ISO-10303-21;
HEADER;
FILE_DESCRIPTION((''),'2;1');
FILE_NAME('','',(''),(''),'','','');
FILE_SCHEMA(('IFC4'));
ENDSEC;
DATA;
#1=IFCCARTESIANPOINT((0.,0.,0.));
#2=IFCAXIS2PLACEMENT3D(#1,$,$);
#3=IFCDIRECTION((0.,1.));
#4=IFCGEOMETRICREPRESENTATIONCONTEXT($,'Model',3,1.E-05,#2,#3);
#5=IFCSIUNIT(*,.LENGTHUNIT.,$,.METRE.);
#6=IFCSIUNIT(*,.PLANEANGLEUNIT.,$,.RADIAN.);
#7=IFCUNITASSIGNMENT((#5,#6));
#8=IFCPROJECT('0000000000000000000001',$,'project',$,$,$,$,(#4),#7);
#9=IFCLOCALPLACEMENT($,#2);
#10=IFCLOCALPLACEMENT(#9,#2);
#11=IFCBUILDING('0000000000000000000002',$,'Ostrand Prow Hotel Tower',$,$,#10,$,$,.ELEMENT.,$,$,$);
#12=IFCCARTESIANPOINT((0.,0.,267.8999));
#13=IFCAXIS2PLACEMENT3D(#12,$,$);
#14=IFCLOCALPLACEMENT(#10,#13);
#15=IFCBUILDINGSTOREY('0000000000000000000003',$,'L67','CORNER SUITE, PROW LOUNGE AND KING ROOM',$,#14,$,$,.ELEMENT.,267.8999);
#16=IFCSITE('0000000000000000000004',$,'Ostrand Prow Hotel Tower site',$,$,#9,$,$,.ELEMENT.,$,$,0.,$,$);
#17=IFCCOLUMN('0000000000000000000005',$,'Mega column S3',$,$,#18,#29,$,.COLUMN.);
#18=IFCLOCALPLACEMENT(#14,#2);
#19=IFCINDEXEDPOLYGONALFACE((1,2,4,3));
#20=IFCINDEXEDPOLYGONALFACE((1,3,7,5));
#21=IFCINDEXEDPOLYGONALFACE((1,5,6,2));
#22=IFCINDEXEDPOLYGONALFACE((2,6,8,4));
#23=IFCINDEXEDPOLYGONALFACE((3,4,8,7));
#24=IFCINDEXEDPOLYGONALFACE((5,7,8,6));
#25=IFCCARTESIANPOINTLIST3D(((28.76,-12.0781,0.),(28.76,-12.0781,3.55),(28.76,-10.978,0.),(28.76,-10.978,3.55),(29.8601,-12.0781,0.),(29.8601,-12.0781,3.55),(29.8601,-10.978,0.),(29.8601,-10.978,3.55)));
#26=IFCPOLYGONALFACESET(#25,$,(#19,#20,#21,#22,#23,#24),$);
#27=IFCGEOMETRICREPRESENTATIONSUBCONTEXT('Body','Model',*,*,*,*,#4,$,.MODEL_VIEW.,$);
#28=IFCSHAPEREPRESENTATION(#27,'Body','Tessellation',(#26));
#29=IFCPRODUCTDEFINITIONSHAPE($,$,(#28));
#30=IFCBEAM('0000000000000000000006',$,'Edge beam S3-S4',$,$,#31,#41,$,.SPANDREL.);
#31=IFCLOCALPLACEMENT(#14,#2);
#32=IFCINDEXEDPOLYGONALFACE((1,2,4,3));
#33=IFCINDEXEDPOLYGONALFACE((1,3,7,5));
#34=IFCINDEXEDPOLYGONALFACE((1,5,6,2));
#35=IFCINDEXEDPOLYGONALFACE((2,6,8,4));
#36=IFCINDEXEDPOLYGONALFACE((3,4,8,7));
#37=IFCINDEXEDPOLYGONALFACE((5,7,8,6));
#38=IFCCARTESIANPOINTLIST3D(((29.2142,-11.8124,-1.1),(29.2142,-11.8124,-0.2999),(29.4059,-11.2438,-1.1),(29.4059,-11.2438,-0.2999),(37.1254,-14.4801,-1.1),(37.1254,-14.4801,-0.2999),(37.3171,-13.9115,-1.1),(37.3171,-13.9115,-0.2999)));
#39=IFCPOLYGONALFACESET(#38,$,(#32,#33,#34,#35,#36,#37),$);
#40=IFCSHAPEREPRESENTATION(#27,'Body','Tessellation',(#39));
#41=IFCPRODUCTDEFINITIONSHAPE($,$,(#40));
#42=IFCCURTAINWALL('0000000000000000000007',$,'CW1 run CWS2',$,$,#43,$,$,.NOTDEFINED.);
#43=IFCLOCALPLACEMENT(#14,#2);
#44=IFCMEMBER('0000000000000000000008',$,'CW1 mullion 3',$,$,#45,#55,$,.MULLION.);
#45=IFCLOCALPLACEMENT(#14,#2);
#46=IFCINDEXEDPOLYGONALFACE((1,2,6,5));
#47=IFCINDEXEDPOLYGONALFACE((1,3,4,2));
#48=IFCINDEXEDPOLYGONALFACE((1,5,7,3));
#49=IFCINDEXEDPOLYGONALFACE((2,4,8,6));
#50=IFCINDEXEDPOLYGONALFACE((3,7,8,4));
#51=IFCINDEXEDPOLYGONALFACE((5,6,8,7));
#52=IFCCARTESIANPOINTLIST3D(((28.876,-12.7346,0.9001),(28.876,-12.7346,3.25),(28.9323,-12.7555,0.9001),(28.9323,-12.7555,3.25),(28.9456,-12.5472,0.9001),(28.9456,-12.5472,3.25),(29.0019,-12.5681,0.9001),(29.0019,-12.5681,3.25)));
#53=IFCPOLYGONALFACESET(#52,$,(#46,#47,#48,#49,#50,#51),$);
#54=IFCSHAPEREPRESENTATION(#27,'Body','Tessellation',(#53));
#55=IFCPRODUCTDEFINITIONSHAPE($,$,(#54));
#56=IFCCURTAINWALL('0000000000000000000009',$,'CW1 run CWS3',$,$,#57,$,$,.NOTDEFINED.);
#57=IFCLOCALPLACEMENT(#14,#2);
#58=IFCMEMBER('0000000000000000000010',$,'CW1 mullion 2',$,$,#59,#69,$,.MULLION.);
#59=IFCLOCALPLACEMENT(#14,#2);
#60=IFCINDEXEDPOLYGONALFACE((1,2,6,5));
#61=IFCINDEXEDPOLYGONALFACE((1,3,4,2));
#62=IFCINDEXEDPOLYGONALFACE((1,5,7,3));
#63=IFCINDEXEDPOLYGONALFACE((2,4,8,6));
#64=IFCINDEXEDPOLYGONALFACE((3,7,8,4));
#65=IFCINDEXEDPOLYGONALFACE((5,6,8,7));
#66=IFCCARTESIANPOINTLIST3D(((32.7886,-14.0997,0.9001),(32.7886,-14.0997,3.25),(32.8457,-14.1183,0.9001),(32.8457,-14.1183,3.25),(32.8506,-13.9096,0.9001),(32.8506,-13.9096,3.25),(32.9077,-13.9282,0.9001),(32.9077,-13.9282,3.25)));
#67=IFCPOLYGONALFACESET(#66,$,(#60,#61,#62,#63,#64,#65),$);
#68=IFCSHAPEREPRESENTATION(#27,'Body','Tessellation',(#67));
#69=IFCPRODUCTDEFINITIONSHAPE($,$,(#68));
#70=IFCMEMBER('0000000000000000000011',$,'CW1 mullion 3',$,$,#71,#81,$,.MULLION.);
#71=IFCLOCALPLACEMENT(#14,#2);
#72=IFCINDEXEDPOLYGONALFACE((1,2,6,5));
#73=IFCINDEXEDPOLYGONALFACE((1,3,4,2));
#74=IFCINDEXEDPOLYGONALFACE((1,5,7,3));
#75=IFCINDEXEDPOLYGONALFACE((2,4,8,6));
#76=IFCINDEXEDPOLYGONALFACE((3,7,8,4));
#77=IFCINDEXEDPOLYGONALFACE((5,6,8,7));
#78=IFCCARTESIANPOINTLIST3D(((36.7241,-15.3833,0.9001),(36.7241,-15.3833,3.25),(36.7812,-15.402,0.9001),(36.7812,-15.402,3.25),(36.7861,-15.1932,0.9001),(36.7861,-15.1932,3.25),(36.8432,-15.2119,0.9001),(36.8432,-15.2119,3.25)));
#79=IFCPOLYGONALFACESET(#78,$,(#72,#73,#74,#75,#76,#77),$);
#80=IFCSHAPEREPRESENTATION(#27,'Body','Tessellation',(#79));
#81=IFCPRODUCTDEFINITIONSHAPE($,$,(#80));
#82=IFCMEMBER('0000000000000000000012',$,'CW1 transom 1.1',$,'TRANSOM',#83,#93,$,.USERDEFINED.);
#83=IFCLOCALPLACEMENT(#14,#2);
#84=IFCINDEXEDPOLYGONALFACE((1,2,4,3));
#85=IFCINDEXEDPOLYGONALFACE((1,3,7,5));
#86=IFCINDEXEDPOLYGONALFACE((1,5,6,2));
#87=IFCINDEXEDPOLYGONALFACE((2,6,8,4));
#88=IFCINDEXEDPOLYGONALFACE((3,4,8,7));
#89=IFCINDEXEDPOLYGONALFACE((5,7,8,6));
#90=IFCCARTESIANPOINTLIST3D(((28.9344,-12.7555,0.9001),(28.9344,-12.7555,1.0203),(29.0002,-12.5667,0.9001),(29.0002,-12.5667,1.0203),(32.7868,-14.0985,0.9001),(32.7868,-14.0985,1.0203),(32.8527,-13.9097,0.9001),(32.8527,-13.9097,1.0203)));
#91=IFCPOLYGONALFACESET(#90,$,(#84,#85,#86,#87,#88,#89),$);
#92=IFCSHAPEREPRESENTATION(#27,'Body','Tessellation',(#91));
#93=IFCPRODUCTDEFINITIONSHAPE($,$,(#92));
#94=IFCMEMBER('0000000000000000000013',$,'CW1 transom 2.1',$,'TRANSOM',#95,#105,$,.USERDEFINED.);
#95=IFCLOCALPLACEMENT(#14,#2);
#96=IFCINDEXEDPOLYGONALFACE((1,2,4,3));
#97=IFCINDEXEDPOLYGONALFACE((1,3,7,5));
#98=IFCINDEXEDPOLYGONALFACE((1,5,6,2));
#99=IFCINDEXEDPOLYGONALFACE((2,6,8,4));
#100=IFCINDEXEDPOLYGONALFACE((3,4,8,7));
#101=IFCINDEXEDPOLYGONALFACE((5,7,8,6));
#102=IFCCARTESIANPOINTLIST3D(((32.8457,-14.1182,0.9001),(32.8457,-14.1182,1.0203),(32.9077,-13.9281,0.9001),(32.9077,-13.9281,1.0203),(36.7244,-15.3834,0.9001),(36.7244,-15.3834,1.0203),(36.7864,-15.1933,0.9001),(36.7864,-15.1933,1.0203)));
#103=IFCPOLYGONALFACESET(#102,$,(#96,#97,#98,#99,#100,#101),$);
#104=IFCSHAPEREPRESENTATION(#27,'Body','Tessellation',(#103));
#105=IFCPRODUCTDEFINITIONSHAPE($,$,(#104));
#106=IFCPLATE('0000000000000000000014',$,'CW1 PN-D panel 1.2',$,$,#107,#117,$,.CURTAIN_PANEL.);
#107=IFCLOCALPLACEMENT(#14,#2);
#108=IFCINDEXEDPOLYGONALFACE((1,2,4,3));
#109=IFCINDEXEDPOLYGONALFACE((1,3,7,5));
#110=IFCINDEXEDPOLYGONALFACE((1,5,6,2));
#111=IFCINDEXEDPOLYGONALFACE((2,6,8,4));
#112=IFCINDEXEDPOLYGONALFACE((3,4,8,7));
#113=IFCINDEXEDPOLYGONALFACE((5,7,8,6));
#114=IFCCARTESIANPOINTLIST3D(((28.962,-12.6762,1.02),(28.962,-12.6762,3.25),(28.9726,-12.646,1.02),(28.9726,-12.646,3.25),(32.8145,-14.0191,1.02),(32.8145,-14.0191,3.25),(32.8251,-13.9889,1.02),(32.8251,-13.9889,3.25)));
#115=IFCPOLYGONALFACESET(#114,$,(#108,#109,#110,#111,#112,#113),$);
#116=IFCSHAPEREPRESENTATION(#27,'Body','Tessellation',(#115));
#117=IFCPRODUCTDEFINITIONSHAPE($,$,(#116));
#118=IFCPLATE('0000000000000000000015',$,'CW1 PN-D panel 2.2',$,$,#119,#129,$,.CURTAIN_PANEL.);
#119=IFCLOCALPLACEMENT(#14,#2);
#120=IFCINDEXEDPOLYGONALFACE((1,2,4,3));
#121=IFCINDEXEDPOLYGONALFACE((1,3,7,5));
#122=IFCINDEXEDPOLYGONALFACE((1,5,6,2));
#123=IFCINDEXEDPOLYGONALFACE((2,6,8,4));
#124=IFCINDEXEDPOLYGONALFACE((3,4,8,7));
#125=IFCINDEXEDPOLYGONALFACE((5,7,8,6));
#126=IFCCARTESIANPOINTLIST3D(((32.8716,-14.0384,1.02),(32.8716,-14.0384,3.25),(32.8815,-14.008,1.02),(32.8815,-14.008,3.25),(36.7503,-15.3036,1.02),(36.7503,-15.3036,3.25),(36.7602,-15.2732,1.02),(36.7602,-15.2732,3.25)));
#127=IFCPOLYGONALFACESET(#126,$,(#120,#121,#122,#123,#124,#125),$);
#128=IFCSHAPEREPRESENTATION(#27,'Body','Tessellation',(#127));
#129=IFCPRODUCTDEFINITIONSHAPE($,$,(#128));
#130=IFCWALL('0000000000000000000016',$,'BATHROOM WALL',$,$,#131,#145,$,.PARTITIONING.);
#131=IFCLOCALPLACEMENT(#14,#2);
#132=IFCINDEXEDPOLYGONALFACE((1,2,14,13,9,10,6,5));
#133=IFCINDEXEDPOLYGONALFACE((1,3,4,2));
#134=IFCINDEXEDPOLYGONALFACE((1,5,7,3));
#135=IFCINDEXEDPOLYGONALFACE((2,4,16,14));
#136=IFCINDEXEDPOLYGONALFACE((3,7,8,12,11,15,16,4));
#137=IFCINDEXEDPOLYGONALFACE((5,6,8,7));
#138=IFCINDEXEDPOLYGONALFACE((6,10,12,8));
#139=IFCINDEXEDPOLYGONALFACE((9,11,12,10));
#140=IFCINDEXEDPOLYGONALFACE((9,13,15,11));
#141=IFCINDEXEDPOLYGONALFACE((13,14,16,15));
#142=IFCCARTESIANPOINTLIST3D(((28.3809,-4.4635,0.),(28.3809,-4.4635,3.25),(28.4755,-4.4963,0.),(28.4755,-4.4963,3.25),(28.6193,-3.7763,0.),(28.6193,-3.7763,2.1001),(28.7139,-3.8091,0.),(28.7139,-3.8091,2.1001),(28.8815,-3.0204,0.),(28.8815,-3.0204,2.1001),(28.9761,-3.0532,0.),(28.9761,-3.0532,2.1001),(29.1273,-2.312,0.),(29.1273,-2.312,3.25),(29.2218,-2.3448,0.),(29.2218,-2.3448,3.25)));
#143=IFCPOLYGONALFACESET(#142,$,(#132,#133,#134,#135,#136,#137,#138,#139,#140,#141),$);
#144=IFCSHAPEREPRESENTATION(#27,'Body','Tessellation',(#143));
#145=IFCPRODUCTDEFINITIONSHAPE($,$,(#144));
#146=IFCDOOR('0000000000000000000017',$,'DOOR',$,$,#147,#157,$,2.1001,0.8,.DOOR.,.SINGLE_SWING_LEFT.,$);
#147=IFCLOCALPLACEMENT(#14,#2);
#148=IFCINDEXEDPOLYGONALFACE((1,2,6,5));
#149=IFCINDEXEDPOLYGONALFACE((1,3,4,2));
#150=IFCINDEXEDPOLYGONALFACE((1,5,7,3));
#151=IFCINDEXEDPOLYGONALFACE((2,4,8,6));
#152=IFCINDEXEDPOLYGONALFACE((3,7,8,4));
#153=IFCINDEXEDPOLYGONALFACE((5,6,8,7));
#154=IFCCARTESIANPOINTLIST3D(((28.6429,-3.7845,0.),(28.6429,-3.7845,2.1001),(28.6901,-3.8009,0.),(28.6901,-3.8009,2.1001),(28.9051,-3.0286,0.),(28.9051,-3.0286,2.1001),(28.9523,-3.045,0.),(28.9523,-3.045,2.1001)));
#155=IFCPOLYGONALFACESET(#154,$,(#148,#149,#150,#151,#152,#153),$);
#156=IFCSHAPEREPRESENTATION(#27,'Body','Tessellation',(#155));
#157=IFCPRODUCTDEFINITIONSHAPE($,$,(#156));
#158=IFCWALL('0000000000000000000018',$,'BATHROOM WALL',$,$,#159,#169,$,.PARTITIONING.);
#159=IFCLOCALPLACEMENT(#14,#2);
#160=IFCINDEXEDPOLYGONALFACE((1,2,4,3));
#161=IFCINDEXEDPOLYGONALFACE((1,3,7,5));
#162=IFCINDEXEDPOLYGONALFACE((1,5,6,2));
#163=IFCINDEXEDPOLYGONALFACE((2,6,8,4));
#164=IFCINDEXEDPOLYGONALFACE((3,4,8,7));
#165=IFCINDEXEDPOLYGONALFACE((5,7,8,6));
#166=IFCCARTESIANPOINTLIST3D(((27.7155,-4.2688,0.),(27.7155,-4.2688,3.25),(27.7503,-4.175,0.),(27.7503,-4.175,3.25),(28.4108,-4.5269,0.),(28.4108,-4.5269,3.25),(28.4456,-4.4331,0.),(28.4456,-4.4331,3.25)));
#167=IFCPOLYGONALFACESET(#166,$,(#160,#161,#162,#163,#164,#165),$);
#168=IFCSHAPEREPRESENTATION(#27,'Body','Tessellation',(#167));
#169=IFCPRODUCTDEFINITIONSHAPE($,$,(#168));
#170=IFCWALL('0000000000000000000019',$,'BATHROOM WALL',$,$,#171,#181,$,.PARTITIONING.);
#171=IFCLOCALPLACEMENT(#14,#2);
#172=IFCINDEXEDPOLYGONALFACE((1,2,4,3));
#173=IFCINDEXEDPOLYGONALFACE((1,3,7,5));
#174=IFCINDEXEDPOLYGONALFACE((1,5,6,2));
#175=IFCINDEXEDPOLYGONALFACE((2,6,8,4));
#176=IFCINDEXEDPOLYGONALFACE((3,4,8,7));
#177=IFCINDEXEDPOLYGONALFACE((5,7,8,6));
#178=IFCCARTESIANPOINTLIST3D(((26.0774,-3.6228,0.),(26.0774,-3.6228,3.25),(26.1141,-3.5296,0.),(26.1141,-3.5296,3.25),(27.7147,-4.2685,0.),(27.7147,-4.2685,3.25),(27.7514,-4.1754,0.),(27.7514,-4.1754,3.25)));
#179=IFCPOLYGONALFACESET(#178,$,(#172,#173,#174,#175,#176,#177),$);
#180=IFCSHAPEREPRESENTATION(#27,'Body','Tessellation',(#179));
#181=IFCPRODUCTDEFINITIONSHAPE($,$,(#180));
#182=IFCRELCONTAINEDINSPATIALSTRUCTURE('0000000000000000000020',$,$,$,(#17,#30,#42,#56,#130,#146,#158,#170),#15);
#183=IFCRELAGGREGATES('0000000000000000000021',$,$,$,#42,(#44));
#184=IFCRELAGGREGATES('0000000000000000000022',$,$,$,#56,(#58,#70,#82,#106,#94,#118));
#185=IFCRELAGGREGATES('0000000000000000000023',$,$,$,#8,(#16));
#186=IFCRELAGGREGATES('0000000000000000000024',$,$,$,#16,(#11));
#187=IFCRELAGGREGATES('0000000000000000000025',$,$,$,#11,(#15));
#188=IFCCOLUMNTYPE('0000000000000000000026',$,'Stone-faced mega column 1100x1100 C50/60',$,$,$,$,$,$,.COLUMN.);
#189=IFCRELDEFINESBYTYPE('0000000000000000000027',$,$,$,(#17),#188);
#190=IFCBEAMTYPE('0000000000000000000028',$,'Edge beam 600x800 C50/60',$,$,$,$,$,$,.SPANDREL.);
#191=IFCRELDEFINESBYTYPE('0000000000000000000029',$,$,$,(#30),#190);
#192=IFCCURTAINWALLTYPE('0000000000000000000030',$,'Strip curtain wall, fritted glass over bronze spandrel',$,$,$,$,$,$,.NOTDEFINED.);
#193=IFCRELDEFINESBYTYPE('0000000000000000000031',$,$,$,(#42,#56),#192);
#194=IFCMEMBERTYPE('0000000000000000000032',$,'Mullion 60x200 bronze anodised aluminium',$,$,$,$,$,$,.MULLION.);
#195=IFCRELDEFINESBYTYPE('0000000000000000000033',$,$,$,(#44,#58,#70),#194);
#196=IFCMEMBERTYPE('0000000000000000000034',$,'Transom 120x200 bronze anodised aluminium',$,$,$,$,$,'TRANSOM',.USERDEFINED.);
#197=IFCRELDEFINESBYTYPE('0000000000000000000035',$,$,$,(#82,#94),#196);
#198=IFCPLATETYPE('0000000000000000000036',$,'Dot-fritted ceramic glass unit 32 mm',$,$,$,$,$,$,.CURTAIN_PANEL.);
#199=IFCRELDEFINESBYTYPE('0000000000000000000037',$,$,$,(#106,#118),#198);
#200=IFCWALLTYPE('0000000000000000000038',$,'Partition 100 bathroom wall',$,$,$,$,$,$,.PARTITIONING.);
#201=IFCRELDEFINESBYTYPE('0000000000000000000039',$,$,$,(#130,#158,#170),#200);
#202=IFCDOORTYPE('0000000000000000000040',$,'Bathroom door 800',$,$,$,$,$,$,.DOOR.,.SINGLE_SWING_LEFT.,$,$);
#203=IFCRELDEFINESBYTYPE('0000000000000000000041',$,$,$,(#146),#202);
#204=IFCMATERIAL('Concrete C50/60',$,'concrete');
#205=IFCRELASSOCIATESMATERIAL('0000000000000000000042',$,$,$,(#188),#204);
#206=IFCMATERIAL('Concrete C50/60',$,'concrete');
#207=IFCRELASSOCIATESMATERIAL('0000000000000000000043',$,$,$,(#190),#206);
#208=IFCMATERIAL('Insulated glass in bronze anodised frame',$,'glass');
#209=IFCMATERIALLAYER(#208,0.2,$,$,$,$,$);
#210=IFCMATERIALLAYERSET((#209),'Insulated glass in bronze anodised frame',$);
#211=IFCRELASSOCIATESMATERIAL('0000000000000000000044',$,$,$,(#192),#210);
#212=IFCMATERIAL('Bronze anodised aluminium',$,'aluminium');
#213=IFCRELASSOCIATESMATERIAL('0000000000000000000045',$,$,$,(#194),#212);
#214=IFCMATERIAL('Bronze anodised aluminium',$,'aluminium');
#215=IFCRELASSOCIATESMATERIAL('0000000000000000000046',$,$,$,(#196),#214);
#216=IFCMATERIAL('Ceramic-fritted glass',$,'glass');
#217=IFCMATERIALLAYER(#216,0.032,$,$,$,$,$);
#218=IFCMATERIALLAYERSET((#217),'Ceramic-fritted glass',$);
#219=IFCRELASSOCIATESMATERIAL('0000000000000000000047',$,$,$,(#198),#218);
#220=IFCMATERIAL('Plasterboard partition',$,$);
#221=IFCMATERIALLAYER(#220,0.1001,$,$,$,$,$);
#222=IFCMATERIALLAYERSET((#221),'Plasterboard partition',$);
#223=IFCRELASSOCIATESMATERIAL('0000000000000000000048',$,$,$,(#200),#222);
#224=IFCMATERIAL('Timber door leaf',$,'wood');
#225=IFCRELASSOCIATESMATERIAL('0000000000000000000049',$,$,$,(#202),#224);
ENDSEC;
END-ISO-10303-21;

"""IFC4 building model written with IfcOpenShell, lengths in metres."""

from ifc_helpers import new_model, si_unit, direction, frame, frame_2d, origin, origin_2d, place, context, subcontext, project, spatial, rectangle, extrude, material, layer, layer_set, material_profile, profile_set, type_object, element, fill, aggregate, save


model = new_model("IFC4")

# Units and contexts
model_context = context("Model", 3, precision=1e-05, world=origin(), true_north=direction((0.0, 1.0)))
body_context = subcontext(model_context, "Body", "Model", "MODEL_VIEW")
ifc_project = project(units=[si_unit("LENGTHUNIT", "METRE"), si_unit("PLANEANGLEUNIT", "RADIAN")], contexts=[model_context])

# Site, building, storey
site_placement = place(None, origin())
site = spatial("IfcSite", under=ifc_project, at=site_placement, Name="Ostrand Prow Hotel Tower site", CompositionType="ELEMENT", RefElevation=0.0)
building_placement = place(site_placement, origin())
building = spatial("IfcBuilding", under=site, at=building_placement, Name="Ostrand Prow Hotel Tower", CompositionType="ELEMENT")
storey_placement = place(building_placement, frame((0.0, 0.0, 267.8999)))
storey = spatial("IfcBuildingStorey", under=building, at=storey_placement, Name="L67", Description="CORNER SUITE, PROW LOUNGE AND KING ROOM", CompositionType="ELEMENT", Elevation=267.8999)

# Column
ifc_material_1 = material(Name="Concrete C50/60", Category="concrete")
ifc_material_profile_1 = material_profile(ifc_material_1, rectangle(XDim=1.1001, YDim=1.1001, at=origin_2d()), Name="RC 1100x1100")
ifc_profile_set_1 = profile_set([ifc_material_profile_1], Name="Concrete C50/60")
column_type = type_object("IfcColumnType", Name="Stone-faced mega column 1100x1100 C50/60", PredefinedType="COLUMN", material=ifc_profile_set_1)
column_placement = place(storey_placement, frame((29.3101, -11.5281, 0.0), z_axis=(0.0, 0.0, 1.0), x_axis=(1.0, 0.0, 0.0)))
element("IfcColumn", 1, at=column_placement, inside=storey, type_object=column_type, Name="Mega column S3", PredefinedType="COLUMN", context=body_context, shape_type="SweptSolid", body=[
    extrude(rectangle(XDim=1.1001, YDim=1.1001, at=origin_2d()), origin(), (0.0, 0.0, 1.0), 3.55),
])

# Beam
ifc_material_2 = material(Name="Concrete C50/60", Category="concrete")
ifc_material_profile_2 = material_profile(ifc_material_2, rectangle(XDim=0.6001, YDim=0.8, at=origin_2d()), Name="RC 600x800")
ifc_profile_set_2 = profile_set([ifc_material_profile_2], Name="Concrete C50/60")
beam_type = type_object("IfcBeamType", Name="Edge beam 600x800 C50/60", PredefinedType="SPANDREL", material=ifc_profile_set_2)
beam_placement = place(storey_placement, frame((29.3101, -11.5281, -0.7), z_axis=(0.947575, -0.319533, 0.0), x_axis=(0.319533, 0.947575, 0.0)))
element("IfcBeam", 2, at=beam_placement, inside=storey, type_object=beam_type, Name="Edge beam S3-S4", PredefinedType="SPANDREL", context=body_context, shape_type="SweptSolid", body=[
    extrude(rectangle(XDim=0.6001, YDim=0.8, at=origin_2d()), origin(), (0.0, 0.0, 1.0), 8.3489),
])

# Curtain wall, member
ifc_material_3 = material(Name="Insulated glass in bronze anodised frame", Category="glass")
ifc_layer_1 = layer(ifc_material_3, 0.2)
ifc_layer_set_1 = layer_set([ifc_layer_1], Name="Insulated glass in bronze anodised frame")
curtain_wall_type = type_object("IfcCurtainWallType", Name="Strip curtain wall, fritted glass over bronze spandrel", PredefinedType="NOTDEFINED", material=ifc_layer_set_1)
curtain_wall_1_placement = place(storey_placement, origin())
curtain_wall_1 = element("IfcCurtainWall", 3, at=curtain_wall_1_placement, inside=storey, type_object=curtain_wall_type, Name="CW1 run CWS2", PredefinedType="NOTDEFINED")
ifc_material_4 = material(Name="Bronze anodised aluminium", Category="aluminium")
ifc_material_profile_3 = material_profile(ifc_material_4, rectangle(XDim=0.2, YDim=0.0601, at=origin_2d()), Name="Mullion 60x200 bronze anodised aluminium")
ifc_profile_set_3 = profile_set([ifc_material_profile_3], Name="Bronze anodised aluminium")
member_type_1 = type_object("IfcMemberType", Name="Mullion 60x200 bronze anodised aluminium", PredefinedType="MULLION", material=ifc_profile_set_3)
member_1_placement = place(storey_placement, frame((28.939, -12.6514, 0.9001), z_axis=(0.0, 0.0, 1.0), x_axis=(0.348071, 0.937468, 0.0)))
member_1 = element("IfcMember", 4, at=member_1_placement, type_object=member_type_1, Name="CW1 mullion 3", PredefinedType="MULLION", context=body_context, shape_type="SweptSolid", body=[
    extrude(rectangle(XDim=0.2, YDim=0.0601, at=origin_2d()), origin(), (0.0, 0.0, 1.0), 2.3499),
])
aggregate(curtain_wall_1, [member_1])

# Curtain wall, members, plates
curtain_wall_2_placement = place(storey_placement, origin())
curtain_wall_2 = element("IfcCurtainWall", 5, at=curtain_wall_2_placement, inside=storey, type_object=curtain_wall_type, Name="CW1 run CWS3", PredefinedType="NOTDEFINED")
member_2_placement = place(storey_placement, frame((32.8481, -14.0139, 0.9001), z_axis=(0.0, 0.0, 1.0), x_axis=(0.310111, 0.9507, 0.0)))
member_2 = element("IfcMember", 6, at=member_2_placement, type_object=member_type_1, Name="CW1 mullion 2", PredefinedType="MULLION", context=body_context, shape_type="SweptSolid", body=[
    extrude(rectangle(XDim=0.2, YDim=0.0601, at=origin_2d()), origin(), (0.0, 0.0, 1.0), 2.3499),
])
member_3_placement = place(storey_placement, frame((36.7837, -15.2976, 0.9001), z_axis=(0.0, 0.0, 1.0), x_axis=(0.310111, 0.9507, 0.0)))
member_3 = element("IfcMember", 7, at=member_3_placement, type_object=member_type_1, Name="CW1 mullion 3", PredefinedType="MULLION", context=body_context, shape_type="SweptSolid", body=[
    extrude(rectangle(XDim=0.2, YDim=0.0601, at=origin_2d()), origin(), (0.0, 0.0, 1.0), 2.3499),
])
ifc_material_5 = material(Name="Bronze anodised aluminium", Category="aluminium")
ifc_material_profile_4 = material_profile(ifc_material_5, rectangle(XDim=0.2, YDim=0.1201, at=origin_2d()), Name="Transom 120x200 bronze anodised aluminium")
ifc_profile_set_4 = profile_set([ifc_material_profile_4], Name="Bronze anodised aluminium")
member_type_2 = type_object("IfcMemberType", Name="Transom 120x200 bronze anodised aluminium", ElementType="TRANSOM", PredefinedType="USERDEFINED", material=ifc_profile_set_4)
member_4_placement = place(storey_placement, frame((28.9673, -12.6611, 0.9602), z_axis=(0.944268, -0.329177, 0.0), x_axis=(0.329177, 0.944268, 0.0)))
member_4 = element("IfcMember", 8, at=member_4_placement, type_object=member_type_2, Name="CW1 transom 1.1", ObjectType="TRANSOM", PredefinedType="USERDEFINED", context=body_context, shape_type="SweptSolid", body=[
    extrude(rectangle(XDim=0.2, YDim=0.1201, at=origin_2d()), origin(), (0.0, 0.0, 1.0), 4.0798),
])
member_5_placement = place(storey_placement, frame((32.8767, -14.0232, 0.9602), z_axis=(0.950704, -0.310099, 0.0), x_axis=(0.310099, 0.950704, 0.0)))
member_5 = element("IfcMember", 9, at=member_5_placement, type_object=member_type_2, Name="CW1 transom 2.1", ObjectType="TRANSOM", PredefinedType="USERDEFINED", context=body_context, shape_type="SweptSolid", body=[
    extrude(rectangle(XDim=0.2, YDim=0.1201, at=origin_2d()), origin(), (0.0, 0.0, 1.0), 4.0798),
])
ifc_material_6 = material(Name="Ceramic-fritted glass", Category="glass")
ifc_layer_2 = layer(ifc_material_6, 0.032)
ifc_layer_set_2 = layer_set([ifc_layer_2], Name="Ceramic-fritted glass")
plate_type = type_object("IfcPlateType", Name="Dot-fritted ceramic glass unit 32 mm", PredefinedType="CURTAIN_PANEL", material=ifc_layer_set_2)
plate_1_placement = place(storey_placement, frame((30.8936, -13.3325, 1.02), z_axis=(0.0, 0.0, 1.0), x_axis=(0.944275, -0.329158, 0.0)))
plate_1 = element("IfcPlate", 10, at=plate_1_placement, type_object=plate_type, Name="CW1 PN-D panel 1.2", PredefinedType="CURTAIN_PANEL", context=body_context, shape_type="SweptSolid", body=[
    extrude(rectangle(XDim=4.0798, YDim=0.032, at=origin_2d()), origin(), (0.0, 0.0, 1.0), 2.23),
])
plate_2_placement = place(storey_placement, frame((34.8159, -14.6558, 1.02), z_axis=(0.0, 0.0, 1.0), x_axis=(0.9507, -0.310111, 0.0)))
plate_2 = element("IfcPlate", 11, at=plate_2_placement, type_object=plate_type, Name="CW1 PN-D panel 2.2", PredefinedType="CURTAIN_PANEL", context=body_context, shape_type="SweptSolid", body=[
    extrude(rectangle(XDim=4.0798, YDim=0.032, at=origin_2d()), origin(), (0.0, 0.0, 1.0), 2.23),
])
aggregate(curtain_wall_2, [member_2, member_3, member_4, plate_1, member_5, plate_2])

# Wall, opening, door
ifc_material_7 = material(Name="Plasterboard partition")
ifc_layer_3 = layer(ifc_material_7, 0.1001)
ifc_layer_set_3 = layer_set([ifc_layer_3], Name="Plasterboard partition")
wall_type_1 = type_object("IfcWallType", Name="Partition 100 bathroom wall", PredefinedType="PARTITIONING", material=ifc_layer_set_3)
wall_1_placement = place(storey_placement, frame((29.1746, -2.3284, 0.0), z_axis=(0.0, 0.0, 1.0), x_axis=(-0.327718, -0.944776, 0.0)))
wall_1 = element("IfcWall", 12, at=wall_1_placement, inside=storey, type_object=wall_type_1, Name="BATHROOM WALL", PredefinedType="PARTITIONING", context=body_context, shape_type="SweptSolid", body=[
    extrude(rectangle(XDim=2.2773, YDim=0.1001, at=frame_2d((1.1387, 0.0))), origin(), (0.0, 0.0, 1.0), 3.25),
])
opening_1_placement = place(wall_1_placement, frame((0.75, 0.0, 0.0)))
opening_1 = element("IfcOpeningElement", 13, at=opening_1_placement, cuts=wall_1, PredefinedType="OPENING", context=body_context, shape_type="SweptSolid", body=[
    extrude(rectangle(XDim=0.8, YDim=2.1001, at=frame_2d((0.3999, 1.05))), frame((0.0, 0.0601, 0.0), z_axis=(0.0, -1.0, 0.0), x_axis=(1.0, 0.0, 0.0)), (0.0, 0.0, 1.0), 0.1201),
])
ifc_material_8 = material(Name="Timber door leaf", Category="wood")
door_type_1 = type_object("IfcDoorType", Name="Bathroom door 800", OperationType="SINGLE_SWING_LEFT", PredefinedType="DOOR", material=ifc_material_8)
door_1_placement = place(opening_1_placement, origin())
door_1 = element("IfcDoor", 14, at=door_1_placement, inside=storey, type_object=door_type_1, Name="DOOR", OperationType="SINGLE_SWING_LEFT", OverallHeight=2.1001, OverallWidth=0.8, PredefinedType="DOOR", context=body_context, shape_type="SweptSolid", body=[
    extrude(rectangle(XDim=0.8, YDim=2.1001, at=frame_2d((0.3999, 1.05))), frame((0.0, 0.0249, 0.0), z_axis=(0.0, -1.0, 0.0), x_axis=(1.0, 0.0, 0.0)), (0.0, 0.0, 1.0), 0.05),
])
fill(opening_1, door_1)

# Walls
wall_2_placement = place(storey_placement, frame((28.4282, -4.48, 0.0), z_axis=(0.0, 0.0, 1.0), x_axis=(-0.937514, 0.347947, 0.0)))
element("IfcWall", 15, at=wall_2_placement, inside=storey, type_object=wall_type_1, Name="BATHROOM WALL", PredefinedType="PARTITIONING", context=body_context, shape_type="SweptSolid", body=[
    extrude(rectangle(XDim=0.7417, YDim=0.1001, at=frame_2d((0.3708, 0.0))), origin(), (0.0, 0.0, 1.0), 3.25),
])
wall_3_placement = place(storey_placement, frame((27.7329, -4.2219, 0.0), z_axis=(0.0, 0.0, 1.0), x_axis=(-0.930255, 0.366914, 0.0)))
element("IfcWall", 16, at=wall_3_placement, inside=storey, type_object=wall_type_1, Name="BATHROOM WALL", PredefinedType="PARTITIONING", context=body_context, shape_type="SweptSolid", body=[
    extrude(rectangle(XDim=1.76, YDim=0.1001, at=frame_2d((0.8799, 0.0))), origin(), (0.0, 0.0, 1.0), 3.25),
])

save(model, "model.ifc")
